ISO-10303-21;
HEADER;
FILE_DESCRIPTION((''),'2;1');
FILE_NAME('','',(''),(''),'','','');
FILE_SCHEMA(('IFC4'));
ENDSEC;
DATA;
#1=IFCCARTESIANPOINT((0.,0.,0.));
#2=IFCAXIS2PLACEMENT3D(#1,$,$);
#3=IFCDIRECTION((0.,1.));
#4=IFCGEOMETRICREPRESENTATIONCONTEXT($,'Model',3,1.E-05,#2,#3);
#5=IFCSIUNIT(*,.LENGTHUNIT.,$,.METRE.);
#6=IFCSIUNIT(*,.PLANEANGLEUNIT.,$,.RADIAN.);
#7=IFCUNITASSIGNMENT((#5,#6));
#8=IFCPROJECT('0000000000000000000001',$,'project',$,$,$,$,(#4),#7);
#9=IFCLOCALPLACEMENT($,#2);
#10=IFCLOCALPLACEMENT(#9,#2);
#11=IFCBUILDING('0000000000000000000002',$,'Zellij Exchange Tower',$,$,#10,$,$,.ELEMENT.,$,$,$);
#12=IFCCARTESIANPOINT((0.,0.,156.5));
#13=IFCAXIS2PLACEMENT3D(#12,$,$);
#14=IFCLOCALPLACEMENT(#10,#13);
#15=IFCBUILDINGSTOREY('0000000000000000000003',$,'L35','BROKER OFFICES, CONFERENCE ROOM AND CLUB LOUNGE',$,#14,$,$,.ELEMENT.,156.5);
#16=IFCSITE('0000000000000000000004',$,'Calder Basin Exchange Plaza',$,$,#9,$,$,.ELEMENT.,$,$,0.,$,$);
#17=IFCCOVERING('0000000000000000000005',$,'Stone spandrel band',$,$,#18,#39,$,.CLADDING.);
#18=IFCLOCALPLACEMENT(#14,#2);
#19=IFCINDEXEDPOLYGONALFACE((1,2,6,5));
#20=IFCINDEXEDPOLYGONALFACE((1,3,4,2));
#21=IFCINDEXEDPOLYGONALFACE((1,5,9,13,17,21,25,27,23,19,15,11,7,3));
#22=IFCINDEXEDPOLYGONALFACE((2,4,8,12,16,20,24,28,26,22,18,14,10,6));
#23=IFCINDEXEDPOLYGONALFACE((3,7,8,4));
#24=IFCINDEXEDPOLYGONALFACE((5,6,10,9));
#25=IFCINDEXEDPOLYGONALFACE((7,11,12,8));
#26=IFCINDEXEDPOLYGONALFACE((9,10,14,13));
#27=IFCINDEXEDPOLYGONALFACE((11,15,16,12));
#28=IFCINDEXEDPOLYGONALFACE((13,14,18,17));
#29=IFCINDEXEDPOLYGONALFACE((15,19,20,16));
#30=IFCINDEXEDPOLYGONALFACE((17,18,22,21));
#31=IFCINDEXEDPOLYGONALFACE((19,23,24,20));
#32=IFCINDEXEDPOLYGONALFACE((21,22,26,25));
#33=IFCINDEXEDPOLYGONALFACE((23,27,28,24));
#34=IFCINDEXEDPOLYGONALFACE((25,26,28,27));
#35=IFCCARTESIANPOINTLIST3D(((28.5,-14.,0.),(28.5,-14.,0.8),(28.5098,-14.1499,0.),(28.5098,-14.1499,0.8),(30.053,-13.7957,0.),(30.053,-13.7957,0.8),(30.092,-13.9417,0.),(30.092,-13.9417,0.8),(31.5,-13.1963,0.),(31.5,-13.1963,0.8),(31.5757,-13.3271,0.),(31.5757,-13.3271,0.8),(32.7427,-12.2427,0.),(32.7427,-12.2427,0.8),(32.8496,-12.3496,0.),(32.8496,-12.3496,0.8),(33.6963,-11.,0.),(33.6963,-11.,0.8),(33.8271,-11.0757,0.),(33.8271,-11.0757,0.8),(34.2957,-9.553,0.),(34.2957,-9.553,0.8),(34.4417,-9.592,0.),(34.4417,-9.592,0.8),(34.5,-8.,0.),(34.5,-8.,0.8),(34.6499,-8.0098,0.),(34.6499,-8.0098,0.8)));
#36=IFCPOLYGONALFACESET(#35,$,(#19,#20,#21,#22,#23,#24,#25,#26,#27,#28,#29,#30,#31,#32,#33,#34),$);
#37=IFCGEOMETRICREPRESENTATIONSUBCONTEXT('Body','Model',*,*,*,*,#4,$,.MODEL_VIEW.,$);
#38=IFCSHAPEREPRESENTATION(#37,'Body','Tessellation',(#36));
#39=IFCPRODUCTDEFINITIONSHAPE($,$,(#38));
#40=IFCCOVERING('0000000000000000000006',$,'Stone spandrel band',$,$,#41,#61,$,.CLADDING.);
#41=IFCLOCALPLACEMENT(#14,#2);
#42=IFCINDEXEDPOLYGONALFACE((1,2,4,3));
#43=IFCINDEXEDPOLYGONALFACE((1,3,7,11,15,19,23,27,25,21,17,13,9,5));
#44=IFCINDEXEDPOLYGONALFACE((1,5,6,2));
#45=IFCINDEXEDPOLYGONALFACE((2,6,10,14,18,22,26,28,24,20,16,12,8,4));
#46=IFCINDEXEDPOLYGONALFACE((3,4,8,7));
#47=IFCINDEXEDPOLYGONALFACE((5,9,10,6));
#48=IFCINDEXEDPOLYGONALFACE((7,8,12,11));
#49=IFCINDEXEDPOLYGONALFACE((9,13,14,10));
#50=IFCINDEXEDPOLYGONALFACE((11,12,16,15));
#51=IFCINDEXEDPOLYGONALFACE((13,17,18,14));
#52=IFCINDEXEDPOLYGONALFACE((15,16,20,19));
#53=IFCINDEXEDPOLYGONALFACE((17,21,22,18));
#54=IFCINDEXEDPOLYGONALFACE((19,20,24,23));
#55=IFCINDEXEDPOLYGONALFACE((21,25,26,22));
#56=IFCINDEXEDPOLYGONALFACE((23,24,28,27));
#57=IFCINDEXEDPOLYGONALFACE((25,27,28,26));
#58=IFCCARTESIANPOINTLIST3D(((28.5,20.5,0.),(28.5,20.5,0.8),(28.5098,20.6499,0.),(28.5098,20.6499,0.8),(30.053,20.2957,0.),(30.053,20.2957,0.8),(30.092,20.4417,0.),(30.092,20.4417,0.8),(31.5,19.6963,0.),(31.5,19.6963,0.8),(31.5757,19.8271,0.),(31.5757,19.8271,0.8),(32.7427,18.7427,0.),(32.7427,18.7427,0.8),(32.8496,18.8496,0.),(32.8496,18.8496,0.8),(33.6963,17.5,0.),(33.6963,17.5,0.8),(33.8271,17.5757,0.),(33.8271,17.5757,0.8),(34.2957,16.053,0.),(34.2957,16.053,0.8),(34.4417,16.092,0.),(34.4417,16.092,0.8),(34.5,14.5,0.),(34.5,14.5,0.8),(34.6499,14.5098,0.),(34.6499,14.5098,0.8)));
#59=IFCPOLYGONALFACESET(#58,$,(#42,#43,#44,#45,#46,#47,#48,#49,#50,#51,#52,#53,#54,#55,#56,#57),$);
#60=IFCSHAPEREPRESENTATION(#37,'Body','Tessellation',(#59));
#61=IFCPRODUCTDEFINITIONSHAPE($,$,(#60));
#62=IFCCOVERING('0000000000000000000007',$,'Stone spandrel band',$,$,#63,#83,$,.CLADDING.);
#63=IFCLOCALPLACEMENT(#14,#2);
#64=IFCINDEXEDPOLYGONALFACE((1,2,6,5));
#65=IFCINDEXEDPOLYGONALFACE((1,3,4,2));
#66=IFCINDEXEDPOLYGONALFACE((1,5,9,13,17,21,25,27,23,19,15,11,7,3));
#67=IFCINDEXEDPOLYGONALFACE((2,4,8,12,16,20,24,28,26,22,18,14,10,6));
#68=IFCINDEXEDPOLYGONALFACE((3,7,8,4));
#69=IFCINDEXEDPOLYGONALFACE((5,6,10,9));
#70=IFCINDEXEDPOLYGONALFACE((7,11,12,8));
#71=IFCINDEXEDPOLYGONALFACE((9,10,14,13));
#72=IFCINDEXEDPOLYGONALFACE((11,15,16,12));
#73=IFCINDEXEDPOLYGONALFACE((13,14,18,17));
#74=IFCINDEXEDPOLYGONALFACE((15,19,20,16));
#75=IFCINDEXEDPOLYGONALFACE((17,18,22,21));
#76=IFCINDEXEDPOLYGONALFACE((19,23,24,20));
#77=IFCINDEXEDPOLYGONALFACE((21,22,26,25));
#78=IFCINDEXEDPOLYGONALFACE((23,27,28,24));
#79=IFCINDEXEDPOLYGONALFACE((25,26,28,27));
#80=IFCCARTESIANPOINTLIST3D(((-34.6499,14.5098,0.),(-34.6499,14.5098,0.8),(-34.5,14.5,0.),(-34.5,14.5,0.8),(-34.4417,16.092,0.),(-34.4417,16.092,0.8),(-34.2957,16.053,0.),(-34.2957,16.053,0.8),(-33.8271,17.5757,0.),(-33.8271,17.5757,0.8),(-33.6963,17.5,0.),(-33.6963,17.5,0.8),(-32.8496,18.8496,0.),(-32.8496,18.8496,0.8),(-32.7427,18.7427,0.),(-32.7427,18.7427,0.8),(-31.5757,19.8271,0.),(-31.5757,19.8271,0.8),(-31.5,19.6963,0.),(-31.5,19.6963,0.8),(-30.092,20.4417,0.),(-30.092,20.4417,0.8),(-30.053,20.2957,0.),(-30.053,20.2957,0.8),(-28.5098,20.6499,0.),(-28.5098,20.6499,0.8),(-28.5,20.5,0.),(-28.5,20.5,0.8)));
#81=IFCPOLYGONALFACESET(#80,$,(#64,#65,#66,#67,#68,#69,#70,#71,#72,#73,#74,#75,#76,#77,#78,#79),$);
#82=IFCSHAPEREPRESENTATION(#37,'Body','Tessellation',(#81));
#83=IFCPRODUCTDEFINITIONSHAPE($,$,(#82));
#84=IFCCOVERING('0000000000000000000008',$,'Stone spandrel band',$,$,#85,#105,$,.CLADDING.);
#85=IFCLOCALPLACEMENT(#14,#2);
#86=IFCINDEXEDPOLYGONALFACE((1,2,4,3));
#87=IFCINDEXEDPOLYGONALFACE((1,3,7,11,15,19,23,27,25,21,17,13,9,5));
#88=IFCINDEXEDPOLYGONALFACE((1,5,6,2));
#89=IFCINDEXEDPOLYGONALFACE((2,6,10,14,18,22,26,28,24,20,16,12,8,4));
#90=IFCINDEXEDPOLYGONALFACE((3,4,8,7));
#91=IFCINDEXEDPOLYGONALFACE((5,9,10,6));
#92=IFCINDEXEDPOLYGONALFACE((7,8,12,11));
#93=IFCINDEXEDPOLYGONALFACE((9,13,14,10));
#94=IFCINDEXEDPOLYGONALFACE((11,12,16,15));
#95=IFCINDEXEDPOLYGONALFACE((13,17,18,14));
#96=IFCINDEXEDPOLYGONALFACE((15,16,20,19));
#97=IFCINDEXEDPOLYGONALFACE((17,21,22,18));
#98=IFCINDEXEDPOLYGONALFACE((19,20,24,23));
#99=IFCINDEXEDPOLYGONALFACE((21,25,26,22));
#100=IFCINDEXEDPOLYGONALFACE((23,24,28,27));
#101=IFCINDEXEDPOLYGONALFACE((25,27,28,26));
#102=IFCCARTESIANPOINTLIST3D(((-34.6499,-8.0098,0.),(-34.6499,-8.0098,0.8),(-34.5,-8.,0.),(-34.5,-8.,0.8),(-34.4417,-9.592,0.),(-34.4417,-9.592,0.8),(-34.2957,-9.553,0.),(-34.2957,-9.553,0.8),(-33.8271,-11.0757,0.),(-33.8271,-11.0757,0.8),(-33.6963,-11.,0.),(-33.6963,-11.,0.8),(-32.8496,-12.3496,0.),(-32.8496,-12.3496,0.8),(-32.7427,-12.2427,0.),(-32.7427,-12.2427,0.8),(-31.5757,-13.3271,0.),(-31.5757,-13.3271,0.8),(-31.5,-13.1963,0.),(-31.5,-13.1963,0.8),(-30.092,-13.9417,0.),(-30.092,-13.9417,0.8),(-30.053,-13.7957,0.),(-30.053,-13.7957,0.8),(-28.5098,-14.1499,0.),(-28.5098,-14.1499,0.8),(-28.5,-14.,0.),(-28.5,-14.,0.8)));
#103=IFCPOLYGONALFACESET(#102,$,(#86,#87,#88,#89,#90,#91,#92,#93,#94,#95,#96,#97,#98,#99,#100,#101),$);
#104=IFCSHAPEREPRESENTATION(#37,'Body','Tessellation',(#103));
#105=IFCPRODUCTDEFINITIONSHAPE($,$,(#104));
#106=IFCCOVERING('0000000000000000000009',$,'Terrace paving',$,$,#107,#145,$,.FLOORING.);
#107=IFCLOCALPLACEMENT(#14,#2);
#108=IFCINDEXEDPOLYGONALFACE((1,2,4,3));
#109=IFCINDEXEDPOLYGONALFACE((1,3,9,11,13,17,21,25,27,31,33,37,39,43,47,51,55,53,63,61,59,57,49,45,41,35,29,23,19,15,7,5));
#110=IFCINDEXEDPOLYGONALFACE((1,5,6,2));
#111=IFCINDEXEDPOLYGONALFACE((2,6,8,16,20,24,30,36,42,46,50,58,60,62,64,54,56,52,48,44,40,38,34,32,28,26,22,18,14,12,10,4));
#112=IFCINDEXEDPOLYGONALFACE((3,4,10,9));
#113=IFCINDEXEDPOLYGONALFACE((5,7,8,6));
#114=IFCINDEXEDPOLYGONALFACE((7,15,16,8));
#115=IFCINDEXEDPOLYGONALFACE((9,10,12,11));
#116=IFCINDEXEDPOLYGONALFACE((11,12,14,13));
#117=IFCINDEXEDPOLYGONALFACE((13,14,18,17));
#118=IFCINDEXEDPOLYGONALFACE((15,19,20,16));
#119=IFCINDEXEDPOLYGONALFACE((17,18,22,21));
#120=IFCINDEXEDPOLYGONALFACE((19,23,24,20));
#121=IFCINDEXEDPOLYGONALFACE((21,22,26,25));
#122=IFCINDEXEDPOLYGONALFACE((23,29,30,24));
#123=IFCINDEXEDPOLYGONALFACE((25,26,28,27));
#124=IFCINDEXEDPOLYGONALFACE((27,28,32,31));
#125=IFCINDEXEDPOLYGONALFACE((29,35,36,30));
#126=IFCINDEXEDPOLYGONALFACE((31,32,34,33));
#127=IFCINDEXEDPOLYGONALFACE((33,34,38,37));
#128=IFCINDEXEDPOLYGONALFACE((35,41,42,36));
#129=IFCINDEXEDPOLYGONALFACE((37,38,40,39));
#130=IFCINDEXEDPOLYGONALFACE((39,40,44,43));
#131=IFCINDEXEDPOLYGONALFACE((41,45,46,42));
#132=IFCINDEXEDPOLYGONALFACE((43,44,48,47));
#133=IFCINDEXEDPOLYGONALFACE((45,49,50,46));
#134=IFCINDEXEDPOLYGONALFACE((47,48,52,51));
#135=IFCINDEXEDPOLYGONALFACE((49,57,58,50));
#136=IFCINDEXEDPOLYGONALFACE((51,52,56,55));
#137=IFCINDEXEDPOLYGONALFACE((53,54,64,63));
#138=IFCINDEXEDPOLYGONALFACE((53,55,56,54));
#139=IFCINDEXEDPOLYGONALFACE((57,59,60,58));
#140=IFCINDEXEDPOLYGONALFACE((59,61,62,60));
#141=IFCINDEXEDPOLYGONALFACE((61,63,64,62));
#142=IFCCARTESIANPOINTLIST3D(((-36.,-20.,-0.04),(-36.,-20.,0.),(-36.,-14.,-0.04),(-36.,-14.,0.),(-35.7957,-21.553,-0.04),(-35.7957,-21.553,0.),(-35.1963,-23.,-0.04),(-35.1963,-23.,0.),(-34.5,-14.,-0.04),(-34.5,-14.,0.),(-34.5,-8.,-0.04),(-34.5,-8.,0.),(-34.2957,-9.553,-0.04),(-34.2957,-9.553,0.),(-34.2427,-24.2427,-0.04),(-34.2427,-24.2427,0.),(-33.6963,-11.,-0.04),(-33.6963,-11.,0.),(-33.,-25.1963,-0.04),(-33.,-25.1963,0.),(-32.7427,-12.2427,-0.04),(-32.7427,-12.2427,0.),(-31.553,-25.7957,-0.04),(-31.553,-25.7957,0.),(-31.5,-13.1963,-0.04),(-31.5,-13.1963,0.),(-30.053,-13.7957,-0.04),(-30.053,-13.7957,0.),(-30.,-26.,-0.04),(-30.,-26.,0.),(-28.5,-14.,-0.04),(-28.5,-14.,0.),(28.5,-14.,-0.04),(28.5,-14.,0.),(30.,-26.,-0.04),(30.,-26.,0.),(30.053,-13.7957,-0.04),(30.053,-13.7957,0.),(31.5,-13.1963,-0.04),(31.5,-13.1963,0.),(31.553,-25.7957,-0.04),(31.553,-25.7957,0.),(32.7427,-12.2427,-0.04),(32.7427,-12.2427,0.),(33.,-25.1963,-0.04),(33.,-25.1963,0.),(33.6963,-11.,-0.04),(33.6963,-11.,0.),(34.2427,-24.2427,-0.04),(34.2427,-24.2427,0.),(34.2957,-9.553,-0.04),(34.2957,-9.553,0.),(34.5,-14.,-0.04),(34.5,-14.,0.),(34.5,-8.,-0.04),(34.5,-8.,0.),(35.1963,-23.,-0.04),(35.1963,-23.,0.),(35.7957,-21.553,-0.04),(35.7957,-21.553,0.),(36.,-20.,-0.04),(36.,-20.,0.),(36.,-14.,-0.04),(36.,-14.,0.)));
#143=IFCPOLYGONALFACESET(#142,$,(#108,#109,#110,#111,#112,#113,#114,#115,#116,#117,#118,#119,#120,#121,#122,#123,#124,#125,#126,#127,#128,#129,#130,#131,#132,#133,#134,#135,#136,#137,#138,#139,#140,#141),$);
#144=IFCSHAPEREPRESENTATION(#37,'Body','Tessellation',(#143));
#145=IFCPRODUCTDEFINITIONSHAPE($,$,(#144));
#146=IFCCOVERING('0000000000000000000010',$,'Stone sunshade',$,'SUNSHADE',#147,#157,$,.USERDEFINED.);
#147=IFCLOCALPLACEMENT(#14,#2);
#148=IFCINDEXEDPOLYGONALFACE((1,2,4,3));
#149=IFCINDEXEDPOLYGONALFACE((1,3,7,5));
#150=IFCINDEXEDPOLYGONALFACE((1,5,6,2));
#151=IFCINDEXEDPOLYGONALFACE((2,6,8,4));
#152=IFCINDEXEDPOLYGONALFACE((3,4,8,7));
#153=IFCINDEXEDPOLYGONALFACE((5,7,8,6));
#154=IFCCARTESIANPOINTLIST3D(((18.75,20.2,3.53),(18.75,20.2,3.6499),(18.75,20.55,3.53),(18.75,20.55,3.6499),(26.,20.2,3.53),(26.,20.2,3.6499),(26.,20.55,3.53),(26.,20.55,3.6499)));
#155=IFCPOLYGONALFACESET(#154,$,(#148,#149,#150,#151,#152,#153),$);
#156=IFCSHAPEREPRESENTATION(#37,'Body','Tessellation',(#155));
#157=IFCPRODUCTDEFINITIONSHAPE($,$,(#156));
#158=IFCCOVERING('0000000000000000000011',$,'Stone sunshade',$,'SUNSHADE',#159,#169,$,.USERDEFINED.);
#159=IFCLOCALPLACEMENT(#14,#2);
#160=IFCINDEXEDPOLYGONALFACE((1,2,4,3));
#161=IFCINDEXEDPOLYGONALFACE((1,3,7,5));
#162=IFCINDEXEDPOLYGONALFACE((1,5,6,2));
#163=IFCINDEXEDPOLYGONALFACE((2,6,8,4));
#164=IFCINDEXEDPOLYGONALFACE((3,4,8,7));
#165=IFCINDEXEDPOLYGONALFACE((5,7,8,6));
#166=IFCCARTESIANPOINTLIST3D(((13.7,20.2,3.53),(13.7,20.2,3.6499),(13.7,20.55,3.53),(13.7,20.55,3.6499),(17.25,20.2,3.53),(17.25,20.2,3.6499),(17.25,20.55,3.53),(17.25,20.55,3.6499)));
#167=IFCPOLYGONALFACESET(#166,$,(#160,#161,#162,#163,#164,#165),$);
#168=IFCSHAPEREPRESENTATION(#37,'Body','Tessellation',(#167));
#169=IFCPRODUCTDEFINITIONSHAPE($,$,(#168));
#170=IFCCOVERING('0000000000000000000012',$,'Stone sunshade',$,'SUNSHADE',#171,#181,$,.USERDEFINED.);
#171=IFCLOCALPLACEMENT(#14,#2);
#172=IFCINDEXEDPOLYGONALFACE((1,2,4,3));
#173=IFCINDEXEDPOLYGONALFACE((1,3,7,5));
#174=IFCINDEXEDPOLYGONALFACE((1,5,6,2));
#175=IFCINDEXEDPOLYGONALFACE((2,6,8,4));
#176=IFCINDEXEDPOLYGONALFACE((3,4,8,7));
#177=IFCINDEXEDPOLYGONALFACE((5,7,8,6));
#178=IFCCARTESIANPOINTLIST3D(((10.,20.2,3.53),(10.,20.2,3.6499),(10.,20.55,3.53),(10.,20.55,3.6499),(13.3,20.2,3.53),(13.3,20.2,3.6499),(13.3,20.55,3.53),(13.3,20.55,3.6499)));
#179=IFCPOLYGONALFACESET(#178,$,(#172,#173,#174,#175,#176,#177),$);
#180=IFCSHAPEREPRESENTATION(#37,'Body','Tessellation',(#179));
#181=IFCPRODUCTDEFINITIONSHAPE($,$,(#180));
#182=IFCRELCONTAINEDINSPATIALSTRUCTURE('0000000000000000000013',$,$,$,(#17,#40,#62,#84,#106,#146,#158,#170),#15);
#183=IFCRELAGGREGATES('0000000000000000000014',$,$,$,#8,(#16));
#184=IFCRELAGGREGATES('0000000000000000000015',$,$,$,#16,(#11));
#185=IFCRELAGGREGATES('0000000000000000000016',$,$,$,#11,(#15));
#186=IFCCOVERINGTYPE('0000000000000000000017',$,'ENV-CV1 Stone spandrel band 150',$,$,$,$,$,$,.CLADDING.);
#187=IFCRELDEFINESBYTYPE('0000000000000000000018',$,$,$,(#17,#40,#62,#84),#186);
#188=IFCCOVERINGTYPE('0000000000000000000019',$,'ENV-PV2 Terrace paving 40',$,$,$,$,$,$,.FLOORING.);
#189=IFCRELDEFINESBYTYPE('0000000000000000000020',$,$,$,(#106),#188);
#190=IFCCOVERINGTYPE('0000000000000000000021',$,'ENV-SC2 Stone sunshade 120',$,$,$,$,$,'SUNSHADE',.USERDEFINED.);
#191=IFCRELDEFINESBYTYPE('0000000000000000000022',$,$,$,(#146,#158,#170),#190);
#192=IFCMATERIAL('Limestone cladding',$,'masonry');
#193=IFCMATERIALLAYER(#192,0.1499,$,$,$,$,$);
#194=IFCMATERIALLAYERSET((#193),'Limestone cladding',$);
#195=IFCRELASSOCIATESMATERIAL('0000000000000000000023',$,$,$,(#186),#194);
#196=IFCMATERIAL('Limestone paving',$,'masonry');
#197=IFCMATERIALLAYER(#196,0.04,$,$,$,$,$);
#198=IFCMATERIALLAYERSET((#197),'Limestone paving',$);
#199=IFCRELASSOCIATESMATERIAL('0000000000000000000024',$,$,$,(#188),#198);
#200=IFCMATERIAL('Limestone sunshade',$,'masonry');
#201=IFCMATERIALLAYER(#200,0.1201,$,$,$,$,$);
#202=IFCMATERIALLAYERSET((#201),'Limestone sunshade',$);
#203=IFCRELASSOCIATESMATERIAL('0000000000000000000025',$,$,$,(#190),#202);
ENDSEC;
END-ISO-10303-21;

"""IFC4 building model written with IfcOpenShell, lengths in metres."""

from ifc_helpers import new_model, si_unit, direction, frame, origin, place, context, subcontext, project, spatial, polyline, outline, extrude, material, layer, layer_set, type_object, element, save


model = new_model("IFC4")

# Units and contexts
model_context = context("Model", 3, precision=1e-05, world=origin(), true_north=direction((0.0, 1.0)))
body_context = subcontext(model_context, "Body", "Model", "MODEL_VIEW")
ifc_project = project(units=[si_unit("LENGTHUNIT", "METRE"), si_unit("PLANEANGLEUNIT", "RADIAN")], contexts=[model_context])

# Site, building, storey
site_placement = place(None, origin())
site = spatial("IfcSite", under=ifc_project, at=site_placement, Name="Calder Basin Exchange Plaza", CompositionType="ELEMENT", RefElevation=0.0)
building_placement = place(site_placement, origin())
building = spatial("IfcBuilding", under=site, at=building_placement, Name="Zellij Exchange Tower", CompositionType="ELEMENT")
storey_placement = place(building_placement, frame((0.0, 0.0, 156.5)))
storey = spatial("IfcBuildingStorey", under=building, at=storey_placement, Name="L35", Description="BROKER OFFICES, CONFERENCE ROOM AND CLUB LOUNGE", CompositionType="ELEMENT", Elevation=156.5)

# Coverings
ifc_material_1 = material(Name="Limestone cladding", Category="masonry")
ifc_layer_1 = layer(ifc_material_1, 0.1499)
ifc_layer_set_1 = layer_set([ifc_layer_1], Name="Limestone cladding")
covering_type_1 = type_object("IfcCoveringType", Name="ENV-CV1 Stone spandrel band 150", PredefinedType="CLADDING", material=ifc_layer_set_1)
covering_1_placement = place(storey_placement, origin())
element("IfcCovering", 1, at=covering_1_placement, inside=storey, type_object=covering_type_1, Name="Stone spandrel band", PredefinedType="CLADDING", context=body_context, shape_type="SweptSolid", body=[
    extrude(outline(polyline([(28.5, -14.0), (30.053, -13.7957), (31.5, -13.1963), (32.7427, -12.2427), (33.6963, -11.0), (34.2957, -9.553), (34.5, -8.0), (34.6499, -8.0098), (34.4417, -9.592), (33.8271, -11.0757), (32.8496, -12.3496), (31.5757, -13.3271), (30.092, -13.9417), (28.5098, -14.1499), (28.5, -14.0)])), origin(), (0.0, 0.0, 1.0), 0.8),
])
covering_2_placement = place(storey_placement, origin())
element("IfcCovering", 2, at=covering_2_placement, inside=storey, type_object=covering_type_1, Name="Stone spandrel band", PredefinedType="CLADDING", context=body_context, shape_type="SweptSolid", body=[
    extrude(outline(polyline([(34.5, 14.5), (34.2957, 16.053), (33.6963, 17.5), (32.7427, 18.7427), (31.5, 19.6963), (30.053, 20.2957), (28.5, 20.5), (28.5098, 20.6499), (30.092, 20.4417), (31.5757, 19.8271), (32.8496, 18.8496), (33.8271, 17.5757), (34.4417, 16.092), (34.6499, 14.5098), (34.5, 14.5)])), origin(), (0.0, 0.0, 1.0), 0.8),
])
covering_3_placement = place(storey_placement, origin())
element("IfcCovering", 3, at=covering_3_placement, inside=storey, type_object=covering_type_1, Name="Stone spandrel band", PredefinedType="CLADDING", context=body_context, shape_type="SweptSolid", body=[
    extrude(outline(polyline([(-28.5, 20.5), (-30.053, 20.2957), (-31.5, 19.6963), (-32.7427, 18.7427), (-33.6963, 17.5), (-34.2957, 16.053), (-34.5, 14.5), (-34.6499, 14.5098), (-34.4417, 16.092), (-33.8271, 17.5757), (-32.8496, 18.8496), (-31.5757, 19.8271), (-30.092, 20.4417), (-28.5098, 20.6499), (-28.5, 20.5)])), origin(), (0.0, 0.0, 1.0), 0.8),
])
covering_4_placement = place(storey_placement, origin())
element("IfcCovering", 4, at=covering_4_placement, inside=storey, type_object=covering_type_1, Name="Stone spandrel band", PredefinedType="CLADDING", context=body_context, shape_type="SweptSolid", body=[
    extrude(outline(polyline([(-34.5, -8.0), (-34.2957, -9.553), (-33.6963, -11.0), (-32.7427, -12.2427), (-31.5, -13.1963), (-30.053, -13.7957), (-28.5, -14.0), (-28.5098, -14.1499), (-30.092, -13.9417), (-31.5757, -13.3271), (-32.8496, -12.3496), (-33.8271, -11.0757), (-34.4417, -9.592), (-34.6499, -8.0098), (-34.5, -8.0)])), origin(), (0.0, 0.0, 1.0), 0.8),
])
ifc_material_2 = material(Name="Limestone paving", Category="masonry")
ifc_layer_2 = layer(ifc_material_2, 0.04)
ifc_layer_set_2 = layer_set([ifc_layer_2], Name="Limestone paving")
covering_type_2 = type_object("IfcCoveringType", Name="ENV-PV2 Terrace paving 40", PredefinedType="FLOORING", material=ifc_layer_set_2)
covering_5_placement = place(storey_placement, frame((0.0, 0.0, -0.04)))
element("IfcCovering", 5, at=covering_5_placement, inside=storey, type_object=covering_type_2, Name="Terrace paving", PredefinedType="FLOORING", context=body_context, shape_type="SweptSolid", body=[
    extrude(outline(polyline([(-34.2427, -24.2427), (-33.0, -25.1963), (-31.553, -25.7957), (-30.0, -26.0), (30.0, -26.0), (31.553, -25.7957), (33.0, -25.1963), (34.2427, -24.2427), (35.1963, -23.0), (35.7957, -21.553), (36.0, -20.0), (36.0, -14.0), (34.5, -14.0), (34.5, -8.0), (34.2957, -9.553), (33.6963, -11.0), (32.7427, -12.2427), (31.5, -13.1963), (30.053, -13.7957), (28.5, -14.0), (-28.5, -14.0), (-30.053, -13.7957), (-31.5, -13.1963), (-32.7427, -12.2427), (-33.6963, -11.0), (-34.2957, -9.553), (-34.5, -8.0), (-34.5, -14.0), (-36.0, -14.0), (-36.0, -20.0), (-35.7957, -21.553), (-35.1963, -23.0), (-34.2427, -24.2427)])), origin(), (0.0, 0.0, 1.0), 0.04),
])
ifc_material_3 = material(Name="Limestone sunshade", Category="masonry")
ifc_layer_3 = layer(ifc_material_3, 0.1201)
ifc_layer_set_3 = layer_set([ifc_layer_3], Name="Limestone sunshade")
covering_type_3 = type_object("IfcCoveringType", Name="ENV-SC2 Stone sunshade 120", ElementType="SUNSHADE", PredefinedType="USERDEFINED", material=ifc_layer_set_3)
covering_6_placement = place(storey_placement, frame((0.0, 0.0, 3.53)))
element("IfcCovering", 6, at=covering_6_placement, inside=storey, type_object=covering_type_3, Name="Stone sunshade", ObjectType="SUNSHADE", PredefinedType="USERDEFINED", context=body_context, shape_type="SweptSolid", body=[
    extrude(outline(polyline([(26.0, 20.2), (18.75, 20.2), (18.75, 20.55), (26.0, 20.55), (26.0, 20.2)])), origin(), (0.0, 0.0, 1.0), 0.1199),
])
covering_7_placement = place(storey_placement, frame((0.0, 0.0, 3.53)))
element("IfcCovering", 7, at=covering_7_placement, inside=storey, type_object=covering_type_3, Name="Stone sunshade", ObjectType="SUNSHADE", PredefinedType="USERDEFINED", context=body_context, shape_type="SweptSolid", body=[
    extrude(outline(polyline([(17.25, 20.2), (13.7, 20.2), (13.7, 20.55), (17.25, 20.55), (17.25, 20.2)])), origin(), (0.0, 0.0, 1.0), 0.1199),
])
covering_8_placement = place(storey_placement, frame((0.0, 0.0, 3.53)))
element("IfcCovering", 8, at=covering_8_placement, inside=storey, type_object=covering_type_3, Name="Stone sunshade", ObjectType="SUNSHADE", PredefinedType="USERDEFINED", context=body_context, shape_type="SweptSolid", body=[
    extrude(outline(polyline([(13.3, 20.2), (10.0, 20.2), (10.0, 20.55), (13.3, 20.55), (13.3, 20.2)])), origin(), (0.0, 0.0, 1.0), 0.1199),
])

save(model, "model.ifc")
